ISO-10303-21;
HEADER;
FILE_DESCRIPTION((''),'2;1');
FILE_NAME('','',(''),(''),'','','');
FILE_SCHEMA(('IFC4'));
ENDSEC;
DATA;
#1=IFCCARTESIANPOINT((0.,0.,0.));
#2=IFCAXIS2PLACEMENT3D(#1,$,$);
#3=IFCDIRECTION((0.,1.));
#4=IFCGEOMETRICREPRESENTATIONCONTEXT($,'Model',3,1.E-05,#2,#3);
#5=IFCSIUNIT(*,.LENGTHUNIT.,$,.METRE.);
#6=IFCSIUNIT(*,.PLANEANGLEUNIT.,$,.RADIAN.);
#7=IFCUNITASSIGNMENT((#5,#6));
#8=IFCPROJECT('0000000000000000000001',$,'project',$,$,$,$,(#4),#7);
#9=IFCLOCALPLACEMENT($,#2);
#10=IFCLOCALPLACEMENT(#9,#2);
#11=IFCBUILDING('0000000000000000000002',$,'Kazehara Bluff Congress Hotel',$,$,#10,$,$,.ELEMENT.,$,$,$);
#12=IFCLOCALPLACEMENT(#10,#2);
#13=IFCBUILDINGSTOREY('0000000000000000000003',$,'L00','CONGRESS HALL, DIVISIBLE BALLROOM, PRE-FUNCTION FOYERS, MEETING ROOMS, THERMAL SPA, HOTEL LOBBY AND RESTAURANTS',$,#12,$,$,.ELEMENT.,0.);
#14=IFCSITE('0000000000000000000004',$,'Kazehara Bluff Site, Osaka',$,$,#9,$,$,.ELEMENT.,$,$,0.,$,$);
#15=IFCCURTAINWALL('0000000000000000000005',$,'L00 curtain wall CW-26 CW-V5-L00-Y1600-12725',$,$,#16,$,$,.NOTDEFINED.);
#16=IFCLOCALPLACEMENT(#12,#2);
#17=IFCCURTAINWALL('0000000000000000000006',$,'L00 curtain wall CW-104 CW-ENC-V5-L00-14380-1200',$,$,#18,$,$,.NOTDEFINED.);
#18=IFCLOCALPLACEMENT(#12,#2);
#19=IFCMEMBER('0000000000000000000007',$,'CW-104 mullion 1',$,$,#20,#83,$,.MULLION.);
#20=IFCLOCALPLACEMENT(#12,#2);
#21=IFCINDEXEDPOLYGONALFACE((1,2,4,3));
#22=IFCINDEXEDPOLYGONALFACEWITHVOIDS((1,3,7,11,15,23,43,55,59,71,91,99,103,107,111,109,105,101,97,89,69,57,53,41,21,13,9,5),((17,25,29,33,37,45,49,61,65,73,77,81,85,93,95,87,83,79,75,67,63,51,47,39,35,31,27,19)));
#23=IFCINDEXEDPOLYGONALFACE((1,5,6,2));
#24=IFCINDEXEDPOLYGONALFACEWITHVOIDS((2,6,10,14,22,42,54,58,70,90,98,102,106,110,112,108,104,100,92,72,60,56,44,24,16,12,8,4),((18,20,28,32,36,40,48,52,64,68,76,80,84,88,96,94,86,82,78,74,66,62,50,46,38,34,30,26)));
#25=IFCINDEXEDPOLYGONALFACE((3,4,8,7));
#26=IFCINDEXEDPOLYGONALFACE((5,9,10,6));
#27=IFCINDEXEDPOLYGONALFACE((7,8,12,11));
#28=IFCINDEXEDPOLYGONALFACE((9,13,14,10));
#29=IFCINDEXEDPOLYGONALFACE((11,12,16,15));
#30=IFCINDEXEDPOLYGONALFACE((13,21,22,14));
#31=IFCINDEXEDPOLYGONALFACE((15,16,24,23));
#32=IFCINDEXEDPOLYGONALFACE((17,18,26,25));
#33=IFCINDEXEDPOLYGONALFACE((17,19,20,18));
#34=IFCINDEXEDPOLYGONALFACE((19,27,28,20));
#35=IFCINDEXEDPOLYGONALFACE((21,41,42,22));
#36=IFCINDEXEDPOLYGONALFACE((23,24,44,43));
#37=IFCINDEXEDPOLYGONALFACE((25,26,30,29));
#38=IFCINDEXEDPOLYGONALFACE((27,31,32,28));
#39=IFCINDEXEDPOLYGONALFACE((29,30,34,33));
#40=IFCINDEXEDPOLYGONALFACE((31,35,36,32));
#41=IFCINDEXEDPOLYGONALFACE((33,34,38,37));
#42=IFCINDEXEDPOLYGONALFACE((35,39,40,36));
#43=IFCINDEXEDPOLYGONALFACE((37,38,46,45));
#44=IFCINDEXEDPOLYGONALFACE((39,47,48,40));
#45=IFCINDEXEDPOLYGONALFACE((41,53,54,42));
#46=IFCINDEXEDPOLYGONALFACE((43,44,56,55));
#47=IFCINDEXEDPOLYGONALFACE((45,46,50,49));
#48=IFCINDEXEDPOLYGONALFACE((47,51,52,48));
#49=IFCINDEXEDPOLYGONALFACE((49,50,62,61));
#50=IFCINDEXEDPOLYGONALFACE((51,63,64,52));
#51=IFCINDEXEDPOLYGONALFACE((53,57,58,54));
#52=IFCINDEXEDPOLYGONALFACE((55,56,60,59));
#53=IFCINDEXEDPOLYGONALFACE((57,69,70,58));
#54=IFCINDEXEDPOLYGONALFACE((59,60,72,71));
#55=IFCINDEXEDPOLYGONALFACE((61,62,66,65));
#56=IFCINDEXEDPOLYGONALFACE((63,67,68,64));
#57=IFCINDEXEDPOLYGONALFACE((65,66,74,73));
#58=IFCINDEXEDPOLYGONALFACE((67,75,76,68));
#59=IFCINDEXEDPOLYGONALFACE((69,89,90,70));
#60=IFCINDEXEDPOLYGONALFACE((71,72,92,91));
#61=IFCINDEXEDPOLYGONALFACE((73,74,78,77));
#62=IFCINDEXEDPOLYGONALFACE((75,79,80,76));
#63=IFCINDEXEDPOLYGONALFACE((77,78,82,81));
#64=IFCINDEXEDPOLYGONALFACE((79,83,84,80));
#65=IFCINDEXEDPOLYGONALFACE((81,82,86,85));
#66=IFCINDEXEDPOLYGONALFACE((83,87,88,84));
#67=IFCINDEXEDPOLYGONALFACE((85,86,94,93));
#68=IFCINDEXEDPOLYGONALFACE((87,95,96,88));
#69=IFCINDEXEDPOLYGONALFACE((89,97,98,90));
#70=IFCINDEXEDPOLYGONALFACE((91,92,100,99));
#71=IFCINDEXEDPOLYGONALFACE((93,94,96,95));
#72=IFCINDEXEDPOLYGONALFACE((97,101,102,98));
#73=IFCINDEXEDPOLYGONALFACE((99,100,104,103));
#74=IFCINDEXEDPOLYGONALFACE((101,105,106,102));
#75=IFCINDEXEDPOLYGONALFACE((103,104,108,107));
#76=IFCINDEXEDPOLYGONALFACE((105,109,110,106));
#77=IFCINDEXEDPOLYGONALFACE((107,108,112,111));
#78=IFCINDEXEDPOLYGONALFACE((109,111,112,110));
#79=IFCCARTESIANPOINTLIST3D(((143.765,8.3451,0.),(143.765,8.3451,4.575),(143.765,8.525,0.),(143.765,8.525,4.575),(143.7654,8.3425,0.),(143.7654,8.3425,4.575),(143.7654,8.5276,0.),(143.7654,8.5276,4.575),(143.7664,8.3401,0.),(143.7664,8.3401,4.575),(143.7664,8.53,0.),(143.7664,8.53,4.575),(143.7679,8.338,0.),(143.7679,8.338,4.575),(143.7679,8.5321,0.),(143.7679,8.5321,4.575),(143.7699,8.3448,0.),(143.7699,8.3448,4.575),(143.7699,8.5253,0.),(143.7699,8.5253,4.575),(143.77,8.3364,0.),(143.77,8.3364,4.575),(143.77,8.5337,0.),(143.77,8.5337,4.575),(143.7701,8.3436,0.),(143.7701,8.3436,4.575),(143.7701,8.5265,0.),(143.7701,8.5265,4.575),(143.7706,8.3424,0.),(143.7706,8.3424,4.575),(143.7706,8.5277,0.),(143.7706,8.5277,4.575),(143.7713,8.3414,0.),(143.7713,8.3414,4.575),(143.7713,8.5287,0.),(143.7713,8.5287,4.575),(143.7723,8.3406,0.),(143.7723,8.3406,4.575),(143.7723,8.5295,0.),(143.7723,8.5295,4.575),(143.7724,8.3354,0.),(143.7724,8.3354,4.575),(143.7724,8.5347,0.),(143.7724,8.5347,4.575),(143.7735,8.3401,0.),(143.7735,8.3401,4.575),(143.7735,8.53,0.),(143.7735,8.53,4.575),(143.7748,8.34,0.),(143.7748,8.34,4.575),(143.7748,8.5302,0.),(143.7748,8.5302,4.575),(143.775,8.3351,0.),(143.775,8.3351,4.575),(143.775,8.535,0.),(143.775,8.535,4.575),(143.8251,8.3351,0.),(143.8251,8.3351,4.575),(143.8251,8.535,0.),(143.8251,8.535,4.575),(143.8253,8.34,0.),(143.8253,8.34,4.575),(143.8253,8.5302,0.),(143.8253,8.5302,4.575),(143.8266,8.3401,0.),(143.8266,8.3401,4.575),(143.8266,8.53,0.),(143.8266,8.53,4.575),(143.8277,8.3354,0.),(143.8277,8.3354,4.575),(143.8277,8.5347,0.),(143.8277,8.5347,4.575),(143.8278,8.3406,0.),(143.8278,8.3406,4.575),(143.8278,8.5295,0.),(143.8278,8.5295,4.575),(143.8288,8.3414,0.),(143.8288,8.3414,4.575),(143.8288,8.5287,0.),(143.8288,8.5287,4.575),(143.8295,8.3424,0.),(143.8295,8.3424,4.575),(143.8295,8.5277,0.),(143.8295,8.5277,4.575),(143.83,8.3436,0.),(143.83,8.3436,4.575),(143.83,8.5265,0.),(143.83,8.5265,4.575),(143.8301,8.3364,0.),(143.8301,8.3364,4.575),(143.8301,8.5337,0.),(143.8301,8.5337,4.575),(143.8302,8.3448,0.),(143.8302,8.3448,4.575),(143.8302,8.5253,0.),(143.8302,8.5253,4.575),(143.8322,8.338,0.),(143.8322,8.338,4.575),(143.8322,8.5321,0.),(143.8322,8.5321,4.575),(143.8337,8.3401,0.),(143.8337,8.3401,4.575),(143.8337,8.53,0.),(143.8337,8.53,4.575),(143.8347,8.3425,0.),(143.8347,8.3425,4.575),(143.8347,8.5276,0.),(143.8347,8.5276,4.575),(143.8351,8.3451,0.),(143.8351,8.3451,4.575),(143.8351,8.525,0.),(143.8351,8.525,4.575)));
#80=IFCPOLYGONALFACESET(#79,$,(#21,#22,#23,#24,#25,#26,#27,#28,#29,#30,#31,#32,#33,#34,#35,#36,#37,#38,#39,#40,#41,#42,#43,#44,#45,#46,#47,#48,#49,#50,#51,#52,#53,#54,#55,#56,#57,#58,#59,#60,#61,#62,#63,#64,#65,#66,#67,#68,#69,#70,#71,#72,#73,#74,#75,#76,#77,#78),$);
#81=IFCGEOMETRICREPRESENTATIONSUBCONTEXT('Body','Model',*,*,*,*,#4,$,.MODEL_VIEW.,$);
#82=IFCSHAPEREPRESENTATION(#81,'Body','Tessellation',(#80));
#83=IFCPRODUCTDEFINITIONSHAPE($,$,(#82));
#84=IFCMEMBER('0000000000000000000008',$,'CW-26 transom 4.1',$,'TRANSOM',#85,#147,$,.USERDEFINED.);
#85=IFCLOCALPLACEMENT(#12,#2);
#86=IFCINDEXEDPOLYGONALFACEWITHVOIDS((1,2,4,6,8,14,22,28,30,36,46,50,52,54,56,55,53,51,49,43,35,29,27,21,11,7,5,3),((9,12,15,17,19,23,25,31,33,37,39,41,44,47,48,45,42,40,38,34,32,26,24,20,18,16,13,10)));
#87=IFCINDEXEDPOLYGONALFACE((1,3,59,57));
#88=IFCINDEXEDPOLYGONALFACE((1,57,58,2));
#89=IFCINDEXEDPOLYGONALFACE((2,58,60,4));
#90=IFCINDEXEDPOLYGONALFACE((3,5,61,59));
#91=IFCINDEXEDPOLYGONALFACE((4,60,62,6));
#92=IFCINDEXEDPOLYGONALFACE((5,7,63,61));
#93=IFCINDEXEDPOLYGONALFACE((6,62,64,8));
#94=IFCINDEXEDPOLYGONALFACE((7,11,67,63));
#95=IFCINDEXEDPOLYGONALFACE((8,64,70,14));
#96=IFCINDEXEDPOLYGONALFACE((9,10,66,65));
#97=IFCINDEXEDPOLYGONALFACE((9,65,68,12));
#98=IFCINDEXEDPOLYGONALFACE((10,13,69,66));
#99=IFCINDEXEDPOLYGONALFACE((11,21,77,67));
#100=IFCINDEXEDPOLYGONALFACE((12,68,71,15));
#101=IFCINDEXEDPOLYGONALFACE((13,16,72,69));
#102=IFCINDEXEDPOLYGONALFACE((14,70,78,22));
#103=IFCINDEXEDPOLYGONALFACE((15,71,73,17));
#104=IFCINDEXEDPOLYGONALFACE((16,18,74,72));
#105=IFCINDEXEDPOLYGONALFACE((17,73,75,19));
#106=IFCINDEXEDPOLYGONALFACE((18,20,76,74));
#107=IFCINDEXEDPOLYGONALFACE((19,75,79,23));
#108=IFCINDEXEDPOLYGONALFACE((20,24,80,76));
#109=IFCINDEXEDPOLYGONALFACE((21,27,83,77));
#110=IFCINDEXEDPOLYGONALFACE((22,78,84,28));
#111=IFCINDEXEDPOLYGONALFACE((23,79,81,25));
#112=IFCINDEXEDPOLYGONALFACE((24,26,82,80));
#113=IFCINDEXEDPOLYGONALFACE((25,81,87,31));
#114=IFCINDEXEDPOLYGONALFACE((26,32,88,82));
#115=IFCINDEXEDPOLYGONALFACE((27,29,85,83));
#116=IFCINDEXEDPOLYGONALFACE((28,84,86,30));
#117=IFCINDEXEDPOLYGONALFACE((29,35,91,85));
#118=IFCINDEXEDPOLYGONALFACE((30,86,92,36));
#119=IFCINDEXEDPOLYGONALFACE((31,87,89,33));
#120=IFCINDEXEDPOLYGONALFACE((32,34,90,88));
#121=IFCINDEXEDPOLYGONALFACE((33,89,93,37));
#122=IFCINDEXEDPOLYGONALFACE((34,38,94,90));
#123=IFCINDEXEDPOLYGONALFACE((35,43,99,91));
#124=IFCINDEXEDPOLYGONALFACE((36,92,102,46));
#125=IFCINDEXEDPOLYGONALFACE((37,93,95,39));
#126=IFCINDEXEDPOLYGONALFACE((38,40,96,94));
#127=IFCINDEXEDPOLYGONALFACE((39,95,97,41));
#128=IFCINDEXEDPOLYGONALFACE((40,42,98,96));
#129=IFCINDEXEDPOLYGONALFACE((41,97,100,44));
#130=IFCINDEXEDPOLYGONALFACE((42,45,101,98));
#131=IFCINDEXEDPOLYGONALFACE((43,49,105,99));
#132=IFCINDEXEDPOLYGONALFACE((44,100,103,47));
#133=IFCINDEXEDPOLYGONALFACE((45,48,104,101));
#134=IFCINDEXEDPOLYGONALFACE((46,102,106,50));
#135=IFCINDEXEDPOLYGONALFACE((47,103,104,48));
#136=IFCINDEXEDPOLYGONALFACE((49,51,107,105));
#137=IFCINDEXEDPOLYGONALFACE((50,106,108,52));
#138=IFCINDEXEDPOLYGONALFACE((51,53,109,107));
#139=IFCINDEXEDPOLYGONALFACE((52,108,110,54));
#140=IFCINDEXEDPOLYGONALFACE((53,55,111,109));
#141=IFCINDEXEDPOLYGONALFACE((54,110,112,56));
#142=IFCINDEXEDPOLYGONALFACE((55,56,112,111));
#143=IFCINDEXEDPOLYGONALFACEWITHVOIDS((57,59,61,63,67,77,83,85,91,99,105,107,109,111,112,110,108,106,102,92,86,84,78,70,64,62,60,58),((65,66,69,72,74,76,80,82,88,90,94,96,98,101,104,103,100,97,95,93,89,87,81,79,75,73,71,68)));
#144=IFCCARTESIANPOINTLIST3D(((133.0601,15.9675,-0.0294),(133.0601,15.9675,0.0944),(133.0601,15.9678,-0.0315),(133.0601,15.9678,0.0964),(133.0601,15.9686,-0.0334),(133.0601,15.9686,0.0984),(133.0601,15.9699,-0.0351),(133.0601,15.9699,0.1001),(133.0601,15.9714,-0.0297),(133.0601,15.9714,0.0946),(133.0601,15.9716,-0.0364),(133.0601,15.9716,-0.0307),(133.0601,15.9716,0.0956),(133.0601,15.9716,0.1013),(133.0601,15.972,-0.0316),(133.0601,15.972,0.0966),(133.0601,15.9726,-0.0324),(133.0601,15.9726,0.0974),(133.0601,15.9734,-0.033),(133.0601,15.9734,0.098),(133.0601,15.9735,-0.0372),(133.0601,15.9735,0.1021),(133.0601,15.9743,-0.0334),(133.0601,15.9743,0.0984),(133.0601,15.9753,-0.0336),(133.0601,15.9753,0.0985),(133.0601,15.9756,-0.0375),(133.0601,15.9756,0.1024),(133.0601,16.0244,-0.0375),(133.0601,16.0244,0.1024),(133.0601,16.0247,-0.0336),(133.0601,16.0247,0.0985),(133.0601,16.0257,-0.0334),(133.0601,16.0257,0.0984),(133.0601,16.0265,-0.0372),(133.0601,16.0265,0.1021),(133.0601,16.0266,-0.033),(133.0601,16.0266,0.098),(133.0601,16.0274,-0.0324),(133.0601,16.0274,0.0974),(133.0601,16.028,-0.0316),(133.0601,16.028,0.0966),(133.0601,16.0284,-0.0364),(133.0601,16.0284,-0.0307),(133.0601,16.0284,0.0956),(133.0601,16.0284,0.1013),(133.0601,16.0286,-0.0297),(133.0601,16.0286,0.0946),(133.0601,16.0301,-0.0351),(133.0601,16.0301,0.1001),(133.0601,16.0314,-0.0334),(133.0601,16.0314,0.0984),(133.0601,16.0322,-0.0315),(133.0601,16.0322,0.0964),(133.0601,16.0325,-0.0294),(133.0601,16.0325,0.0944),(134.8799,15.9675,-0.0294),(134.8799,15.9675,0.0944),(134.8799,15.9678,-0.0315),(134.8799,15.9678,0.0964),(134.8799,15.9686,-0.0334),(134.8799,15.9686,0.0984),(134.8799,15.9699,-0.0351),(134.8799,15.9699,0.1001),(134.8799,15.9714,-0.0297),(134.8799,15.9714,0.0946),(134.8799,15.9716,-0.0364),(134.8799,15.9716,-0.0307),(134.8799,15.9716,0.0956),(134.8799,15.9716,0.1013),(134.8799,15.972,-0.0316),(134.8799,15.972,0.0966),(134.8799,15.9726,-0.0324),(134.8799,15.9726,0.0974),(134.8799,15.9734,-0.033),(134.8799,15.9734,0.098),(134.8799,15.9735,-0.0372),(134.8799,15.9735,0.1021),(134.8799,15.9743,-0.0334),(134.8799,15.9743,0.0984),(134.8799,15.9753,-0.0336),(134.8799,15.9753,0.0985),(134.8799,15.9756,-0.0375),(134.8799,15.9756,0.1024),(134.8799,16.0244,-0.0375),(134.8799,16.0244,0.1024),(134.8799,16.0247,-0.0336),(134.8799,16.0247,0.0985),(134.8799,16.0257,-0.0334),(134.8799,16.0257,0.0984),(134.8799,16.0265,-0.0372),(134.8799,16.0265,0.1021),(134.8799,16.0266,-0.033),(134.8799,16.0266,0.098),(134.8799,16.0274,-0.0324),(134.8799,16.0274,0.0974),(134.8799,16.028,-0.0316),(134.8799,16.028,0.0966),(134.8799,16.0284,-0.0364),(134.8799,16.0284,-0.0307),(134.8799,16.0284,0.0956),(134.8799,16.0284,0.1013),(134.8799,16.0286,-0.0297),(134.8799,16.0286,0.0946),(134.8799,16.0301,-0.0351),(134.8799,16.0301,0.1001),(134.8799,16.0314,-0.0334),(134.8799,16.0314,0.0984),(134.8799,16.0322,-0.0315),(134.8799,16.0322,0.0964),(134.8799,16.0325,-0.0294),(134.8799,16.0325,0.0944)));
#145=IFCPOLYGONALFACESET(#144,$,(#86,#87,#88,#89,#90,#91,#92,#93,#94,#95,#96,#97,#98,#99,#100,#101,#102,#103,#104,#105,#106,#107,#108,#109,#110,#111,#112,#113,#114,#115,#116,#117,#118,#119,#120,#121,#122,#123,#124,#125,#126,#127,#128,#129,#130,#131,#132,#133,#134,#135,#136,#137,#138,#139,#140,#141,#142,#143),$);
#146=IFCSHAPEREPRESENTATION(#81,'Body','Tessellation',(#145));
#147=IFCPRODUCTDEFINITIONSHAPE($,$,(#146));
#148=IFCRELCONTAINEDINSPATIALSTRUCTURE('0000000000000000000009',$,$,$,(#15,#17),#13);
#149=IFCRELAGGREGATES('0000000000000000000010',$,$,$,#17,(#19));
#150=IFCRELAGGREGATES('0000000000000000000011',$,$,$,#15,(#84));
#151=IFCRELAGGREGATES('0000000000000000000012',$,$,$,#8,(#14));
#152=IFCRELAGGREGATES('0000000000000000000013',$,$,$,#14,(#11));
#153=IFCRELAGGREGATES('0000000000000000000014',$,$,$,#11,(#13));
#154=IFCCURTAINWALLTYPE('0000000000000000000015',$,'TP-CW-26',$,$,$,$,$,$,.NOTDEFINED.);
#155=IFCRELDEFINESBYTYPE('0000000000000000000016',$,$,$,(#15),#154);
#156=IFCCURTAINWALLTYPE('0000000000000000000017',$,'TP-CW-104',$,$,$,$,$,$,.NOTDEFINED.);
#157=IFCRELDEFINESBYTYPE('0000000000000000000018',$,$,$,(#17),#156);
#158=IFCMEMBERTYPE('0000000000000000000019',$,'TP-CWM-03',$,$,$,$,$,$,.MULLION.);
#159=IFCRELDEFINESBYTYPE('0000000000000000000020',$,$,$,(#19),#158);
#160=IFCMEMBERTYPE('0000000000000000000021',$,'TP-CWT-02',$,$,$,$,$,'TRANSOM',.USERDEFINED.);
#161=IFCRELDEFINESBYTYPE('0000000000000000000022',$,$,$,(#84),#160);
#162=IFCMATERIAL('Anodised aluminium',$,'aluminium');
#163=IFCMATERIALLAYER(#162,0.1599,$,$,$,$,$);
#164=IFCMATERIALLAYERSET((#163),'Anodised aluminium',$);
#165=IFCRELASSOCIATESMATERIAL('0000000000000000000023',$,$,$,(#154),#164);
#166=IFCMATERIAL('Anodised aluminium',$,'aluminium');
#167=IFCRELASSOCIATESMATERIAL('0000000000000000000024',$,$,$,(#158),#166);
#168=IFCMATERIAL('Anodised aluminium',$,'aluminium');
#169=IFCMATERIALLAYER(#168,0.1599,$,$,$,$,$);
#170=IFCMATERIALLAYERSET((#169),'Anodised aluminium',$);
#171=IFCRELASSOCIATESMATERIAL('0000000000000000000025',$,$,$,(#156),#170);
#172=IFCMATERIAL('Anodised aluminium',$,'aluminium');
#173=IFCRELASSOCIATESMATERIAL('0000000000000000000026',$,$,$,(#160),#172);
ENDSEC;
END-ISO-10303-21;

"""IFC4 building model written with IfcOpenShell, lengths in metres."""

from ifc_helpers import new_model, si_unit, direction, frame, origin, origin_2d, place, context, subcontext, project, spatial, hollow_rectangle, extrude, material, layer, layer_set, material_profile, profile_set, type_object, element, aggregate, save


model = new_model("IFC4")

# Units and contexts
model_context = context("Model", 3, precision=1e-05, world=origin(), true_north=direction((0.0, 1.0)))
body_context = subcontext(model_context, "Body", "Model", "MODEL_VIEW")
ifc_project = project(units=[si_unit("LENGTHUNIT", "METRE"), si_unit("PLANEANGLEUNIT", "RADIAN")], contexts=[model_context])

# Site, building, storey
site_placement = place(None, origin())
site = spatial("IfcSite", under=ifc_project, at=site_placement, Name="Kazehara Bluff Site, Osaka", CompositionType="ELEMENT", RefElevation=0.0)
building_placement = place(site_placement, origin())
building = spatial("IfcBuilding", under=site, at=building_placement, Name="Kazehara Bluff Congress Hotel", CompositionType="ELEMENT")
storey_placement = place(building_placement, origin())
storey = spatial("IfcBuildingStorey", under=building, at=storey_placement, Name="L00", Description="CONGRESS HALL, DIVISIBLE BALLROOM, PRE-FUNCTION FOYERS, MEETING ROOMS, THERMAL SPA, HOTEL LOBBY AND RESTAURANTS", CompositionType="ELEMENT", Elevation=0.0)

# Curtain wall
ifc_material_1 = material(Name="Anodised aluminium", Category="aluminium")
ifc_layer_1 = layer(ifc_material_1, 0.1599)
ifc_layer_set_1 = layer_set([ifc_layer_1], Name="Anodised aluminium")
curtain_wall_type_1 = type_object("IfcCurtainWallType", Name="TP-CW-26", PredefinedType="NOTDEFINED", material=ifc_layer_set_1)
curtain_wall_1_placement = place(storey_placement, origin())
curtain_wall_1 = element("IfcCurtainWall", 1, at=curtain_wall_1_placement, inside=storey, type_object=curtain_wall_type_1, Name="L00 curtain wall CW-26 CW-V5-L00-Y1600-12725", PredefinedType="NOTDEFINED")
ifc_material_2 = material(Name="Anodised aluminium", Category="aluminium")
ifc_material_profile_1 = material_profile(ifc_material_2, hollow_rectangle(XDim=0.0701, YDim=0.2, WallThickness=0.0049, InnerFilletRadius=0.0049, OuterFilletRadius=0.01, at=origin_2d()))
ifc_profile_set_1 = profile_set([ifc_material_profile_1], Name="Anodised aluminium")
member_type_1 = type_object("IfcMemberType", Name="TP-CWM-03", PredefinedType="MULLION", material=ifc_profile_set_1)

# Curtain wall, member
ifc_material_3 = material(Name="Anodised aluminium", Category="aluminium")
ifc_layer_2 = layer(ifc_material_3, 0.1599)
ifc_layer_set_2 = layer_set([ifc_layer_2], Name="Anodised aluminium")
curtain_wall_type_2 = type_object("IfcCurtainWallType", Name="TP-CW-104", PredefinedType="NOTDEFINED", material=ifc_layer_set_2)
curtain_wall_2_placement = place(storey_placement, origin())
curtain_wall_2 = element("IfcCurtainWall", 2, at=curtain_wall_2_placement, inside=storey, type_object=curtain_wall_type_2, Name="L00 curtain wall CW-104 CW-ENC-V5-L00-14380-1200", PredefinedType="NOTDEFINED")
member_1_placement = place(storey_placement, frame((143.8, 8.4351, 0.0), z_axis=(0.0, 0.0, 1.0), x_axis=(-1.0, 0.0, 0.0)))
member_1 = element("IfcMember", 3, at=member_1_placement, type_object=member_type_1, Name="CW-104 mullion 1", PredefinedType="MULLION", context=body_context, shape_type="SweptSolid", body=[
    extrude(hollow_rectangle(XDim=0.0701, YDim=0.2, WallThickness=0.0049, InnerFilletRadius=0.0049, OuterFilletRadius=0.01, at=origin_2d()), origin(), (0.0, 0.0, 1.0), 4.575),
])

# Member
ifc_material_4 = material(Name="Anodised aluminium", Category="aluminium")
ifc_material_profile_2 = material_profile(ifc_material_4, hollow_rectangle(XDim=0.0649, YDim=0.1399, WallThickness=0.0039, InnerFilletRadius=0.0039, OuterFilletRadius=0.0081, at=origin_2d()))
ifc_profile_set_2 = profile_set([ifc_material_profile_2], Name="Anodised aluminium")
member_type_2 = type_object("IfcMemberType", Name="TP-CWT-02", ElementType="TRANSOM", PredefinedType="USERDEFINED", material=ifc_profile_set_2)
member_2_placement = place(storey_placement, frame((133.0601, 16.0, 0.0325), z_axis=(1.0, 0.0, 0.0), x_axis=(0.0, 1.0, 0.0)))
member_2 = element("IfcMember", 4, at=member_2_placement, type_object=member_type_2, Name="CW-26 transom 4.1", ObjectType="TRANSOM", PredefinedType="USERDEFINED", context=body_context, shape_type="SweptSolid", body=[
    extrude(hollow_rectangle(XDim=0.0649, YDim=0.1399, WallThickness=0.0039, InnerFilletRadius=0.0039, OuterFilletRadius=0.0081, at=origin_2d()), origin(), (0.0, 0.0, 1.0), 1.8198),
])
aggregate(curtain_wall_2, [member_1])

aggregate(curtain_wall_1, [member_2])

save(model, "model.ifc")
